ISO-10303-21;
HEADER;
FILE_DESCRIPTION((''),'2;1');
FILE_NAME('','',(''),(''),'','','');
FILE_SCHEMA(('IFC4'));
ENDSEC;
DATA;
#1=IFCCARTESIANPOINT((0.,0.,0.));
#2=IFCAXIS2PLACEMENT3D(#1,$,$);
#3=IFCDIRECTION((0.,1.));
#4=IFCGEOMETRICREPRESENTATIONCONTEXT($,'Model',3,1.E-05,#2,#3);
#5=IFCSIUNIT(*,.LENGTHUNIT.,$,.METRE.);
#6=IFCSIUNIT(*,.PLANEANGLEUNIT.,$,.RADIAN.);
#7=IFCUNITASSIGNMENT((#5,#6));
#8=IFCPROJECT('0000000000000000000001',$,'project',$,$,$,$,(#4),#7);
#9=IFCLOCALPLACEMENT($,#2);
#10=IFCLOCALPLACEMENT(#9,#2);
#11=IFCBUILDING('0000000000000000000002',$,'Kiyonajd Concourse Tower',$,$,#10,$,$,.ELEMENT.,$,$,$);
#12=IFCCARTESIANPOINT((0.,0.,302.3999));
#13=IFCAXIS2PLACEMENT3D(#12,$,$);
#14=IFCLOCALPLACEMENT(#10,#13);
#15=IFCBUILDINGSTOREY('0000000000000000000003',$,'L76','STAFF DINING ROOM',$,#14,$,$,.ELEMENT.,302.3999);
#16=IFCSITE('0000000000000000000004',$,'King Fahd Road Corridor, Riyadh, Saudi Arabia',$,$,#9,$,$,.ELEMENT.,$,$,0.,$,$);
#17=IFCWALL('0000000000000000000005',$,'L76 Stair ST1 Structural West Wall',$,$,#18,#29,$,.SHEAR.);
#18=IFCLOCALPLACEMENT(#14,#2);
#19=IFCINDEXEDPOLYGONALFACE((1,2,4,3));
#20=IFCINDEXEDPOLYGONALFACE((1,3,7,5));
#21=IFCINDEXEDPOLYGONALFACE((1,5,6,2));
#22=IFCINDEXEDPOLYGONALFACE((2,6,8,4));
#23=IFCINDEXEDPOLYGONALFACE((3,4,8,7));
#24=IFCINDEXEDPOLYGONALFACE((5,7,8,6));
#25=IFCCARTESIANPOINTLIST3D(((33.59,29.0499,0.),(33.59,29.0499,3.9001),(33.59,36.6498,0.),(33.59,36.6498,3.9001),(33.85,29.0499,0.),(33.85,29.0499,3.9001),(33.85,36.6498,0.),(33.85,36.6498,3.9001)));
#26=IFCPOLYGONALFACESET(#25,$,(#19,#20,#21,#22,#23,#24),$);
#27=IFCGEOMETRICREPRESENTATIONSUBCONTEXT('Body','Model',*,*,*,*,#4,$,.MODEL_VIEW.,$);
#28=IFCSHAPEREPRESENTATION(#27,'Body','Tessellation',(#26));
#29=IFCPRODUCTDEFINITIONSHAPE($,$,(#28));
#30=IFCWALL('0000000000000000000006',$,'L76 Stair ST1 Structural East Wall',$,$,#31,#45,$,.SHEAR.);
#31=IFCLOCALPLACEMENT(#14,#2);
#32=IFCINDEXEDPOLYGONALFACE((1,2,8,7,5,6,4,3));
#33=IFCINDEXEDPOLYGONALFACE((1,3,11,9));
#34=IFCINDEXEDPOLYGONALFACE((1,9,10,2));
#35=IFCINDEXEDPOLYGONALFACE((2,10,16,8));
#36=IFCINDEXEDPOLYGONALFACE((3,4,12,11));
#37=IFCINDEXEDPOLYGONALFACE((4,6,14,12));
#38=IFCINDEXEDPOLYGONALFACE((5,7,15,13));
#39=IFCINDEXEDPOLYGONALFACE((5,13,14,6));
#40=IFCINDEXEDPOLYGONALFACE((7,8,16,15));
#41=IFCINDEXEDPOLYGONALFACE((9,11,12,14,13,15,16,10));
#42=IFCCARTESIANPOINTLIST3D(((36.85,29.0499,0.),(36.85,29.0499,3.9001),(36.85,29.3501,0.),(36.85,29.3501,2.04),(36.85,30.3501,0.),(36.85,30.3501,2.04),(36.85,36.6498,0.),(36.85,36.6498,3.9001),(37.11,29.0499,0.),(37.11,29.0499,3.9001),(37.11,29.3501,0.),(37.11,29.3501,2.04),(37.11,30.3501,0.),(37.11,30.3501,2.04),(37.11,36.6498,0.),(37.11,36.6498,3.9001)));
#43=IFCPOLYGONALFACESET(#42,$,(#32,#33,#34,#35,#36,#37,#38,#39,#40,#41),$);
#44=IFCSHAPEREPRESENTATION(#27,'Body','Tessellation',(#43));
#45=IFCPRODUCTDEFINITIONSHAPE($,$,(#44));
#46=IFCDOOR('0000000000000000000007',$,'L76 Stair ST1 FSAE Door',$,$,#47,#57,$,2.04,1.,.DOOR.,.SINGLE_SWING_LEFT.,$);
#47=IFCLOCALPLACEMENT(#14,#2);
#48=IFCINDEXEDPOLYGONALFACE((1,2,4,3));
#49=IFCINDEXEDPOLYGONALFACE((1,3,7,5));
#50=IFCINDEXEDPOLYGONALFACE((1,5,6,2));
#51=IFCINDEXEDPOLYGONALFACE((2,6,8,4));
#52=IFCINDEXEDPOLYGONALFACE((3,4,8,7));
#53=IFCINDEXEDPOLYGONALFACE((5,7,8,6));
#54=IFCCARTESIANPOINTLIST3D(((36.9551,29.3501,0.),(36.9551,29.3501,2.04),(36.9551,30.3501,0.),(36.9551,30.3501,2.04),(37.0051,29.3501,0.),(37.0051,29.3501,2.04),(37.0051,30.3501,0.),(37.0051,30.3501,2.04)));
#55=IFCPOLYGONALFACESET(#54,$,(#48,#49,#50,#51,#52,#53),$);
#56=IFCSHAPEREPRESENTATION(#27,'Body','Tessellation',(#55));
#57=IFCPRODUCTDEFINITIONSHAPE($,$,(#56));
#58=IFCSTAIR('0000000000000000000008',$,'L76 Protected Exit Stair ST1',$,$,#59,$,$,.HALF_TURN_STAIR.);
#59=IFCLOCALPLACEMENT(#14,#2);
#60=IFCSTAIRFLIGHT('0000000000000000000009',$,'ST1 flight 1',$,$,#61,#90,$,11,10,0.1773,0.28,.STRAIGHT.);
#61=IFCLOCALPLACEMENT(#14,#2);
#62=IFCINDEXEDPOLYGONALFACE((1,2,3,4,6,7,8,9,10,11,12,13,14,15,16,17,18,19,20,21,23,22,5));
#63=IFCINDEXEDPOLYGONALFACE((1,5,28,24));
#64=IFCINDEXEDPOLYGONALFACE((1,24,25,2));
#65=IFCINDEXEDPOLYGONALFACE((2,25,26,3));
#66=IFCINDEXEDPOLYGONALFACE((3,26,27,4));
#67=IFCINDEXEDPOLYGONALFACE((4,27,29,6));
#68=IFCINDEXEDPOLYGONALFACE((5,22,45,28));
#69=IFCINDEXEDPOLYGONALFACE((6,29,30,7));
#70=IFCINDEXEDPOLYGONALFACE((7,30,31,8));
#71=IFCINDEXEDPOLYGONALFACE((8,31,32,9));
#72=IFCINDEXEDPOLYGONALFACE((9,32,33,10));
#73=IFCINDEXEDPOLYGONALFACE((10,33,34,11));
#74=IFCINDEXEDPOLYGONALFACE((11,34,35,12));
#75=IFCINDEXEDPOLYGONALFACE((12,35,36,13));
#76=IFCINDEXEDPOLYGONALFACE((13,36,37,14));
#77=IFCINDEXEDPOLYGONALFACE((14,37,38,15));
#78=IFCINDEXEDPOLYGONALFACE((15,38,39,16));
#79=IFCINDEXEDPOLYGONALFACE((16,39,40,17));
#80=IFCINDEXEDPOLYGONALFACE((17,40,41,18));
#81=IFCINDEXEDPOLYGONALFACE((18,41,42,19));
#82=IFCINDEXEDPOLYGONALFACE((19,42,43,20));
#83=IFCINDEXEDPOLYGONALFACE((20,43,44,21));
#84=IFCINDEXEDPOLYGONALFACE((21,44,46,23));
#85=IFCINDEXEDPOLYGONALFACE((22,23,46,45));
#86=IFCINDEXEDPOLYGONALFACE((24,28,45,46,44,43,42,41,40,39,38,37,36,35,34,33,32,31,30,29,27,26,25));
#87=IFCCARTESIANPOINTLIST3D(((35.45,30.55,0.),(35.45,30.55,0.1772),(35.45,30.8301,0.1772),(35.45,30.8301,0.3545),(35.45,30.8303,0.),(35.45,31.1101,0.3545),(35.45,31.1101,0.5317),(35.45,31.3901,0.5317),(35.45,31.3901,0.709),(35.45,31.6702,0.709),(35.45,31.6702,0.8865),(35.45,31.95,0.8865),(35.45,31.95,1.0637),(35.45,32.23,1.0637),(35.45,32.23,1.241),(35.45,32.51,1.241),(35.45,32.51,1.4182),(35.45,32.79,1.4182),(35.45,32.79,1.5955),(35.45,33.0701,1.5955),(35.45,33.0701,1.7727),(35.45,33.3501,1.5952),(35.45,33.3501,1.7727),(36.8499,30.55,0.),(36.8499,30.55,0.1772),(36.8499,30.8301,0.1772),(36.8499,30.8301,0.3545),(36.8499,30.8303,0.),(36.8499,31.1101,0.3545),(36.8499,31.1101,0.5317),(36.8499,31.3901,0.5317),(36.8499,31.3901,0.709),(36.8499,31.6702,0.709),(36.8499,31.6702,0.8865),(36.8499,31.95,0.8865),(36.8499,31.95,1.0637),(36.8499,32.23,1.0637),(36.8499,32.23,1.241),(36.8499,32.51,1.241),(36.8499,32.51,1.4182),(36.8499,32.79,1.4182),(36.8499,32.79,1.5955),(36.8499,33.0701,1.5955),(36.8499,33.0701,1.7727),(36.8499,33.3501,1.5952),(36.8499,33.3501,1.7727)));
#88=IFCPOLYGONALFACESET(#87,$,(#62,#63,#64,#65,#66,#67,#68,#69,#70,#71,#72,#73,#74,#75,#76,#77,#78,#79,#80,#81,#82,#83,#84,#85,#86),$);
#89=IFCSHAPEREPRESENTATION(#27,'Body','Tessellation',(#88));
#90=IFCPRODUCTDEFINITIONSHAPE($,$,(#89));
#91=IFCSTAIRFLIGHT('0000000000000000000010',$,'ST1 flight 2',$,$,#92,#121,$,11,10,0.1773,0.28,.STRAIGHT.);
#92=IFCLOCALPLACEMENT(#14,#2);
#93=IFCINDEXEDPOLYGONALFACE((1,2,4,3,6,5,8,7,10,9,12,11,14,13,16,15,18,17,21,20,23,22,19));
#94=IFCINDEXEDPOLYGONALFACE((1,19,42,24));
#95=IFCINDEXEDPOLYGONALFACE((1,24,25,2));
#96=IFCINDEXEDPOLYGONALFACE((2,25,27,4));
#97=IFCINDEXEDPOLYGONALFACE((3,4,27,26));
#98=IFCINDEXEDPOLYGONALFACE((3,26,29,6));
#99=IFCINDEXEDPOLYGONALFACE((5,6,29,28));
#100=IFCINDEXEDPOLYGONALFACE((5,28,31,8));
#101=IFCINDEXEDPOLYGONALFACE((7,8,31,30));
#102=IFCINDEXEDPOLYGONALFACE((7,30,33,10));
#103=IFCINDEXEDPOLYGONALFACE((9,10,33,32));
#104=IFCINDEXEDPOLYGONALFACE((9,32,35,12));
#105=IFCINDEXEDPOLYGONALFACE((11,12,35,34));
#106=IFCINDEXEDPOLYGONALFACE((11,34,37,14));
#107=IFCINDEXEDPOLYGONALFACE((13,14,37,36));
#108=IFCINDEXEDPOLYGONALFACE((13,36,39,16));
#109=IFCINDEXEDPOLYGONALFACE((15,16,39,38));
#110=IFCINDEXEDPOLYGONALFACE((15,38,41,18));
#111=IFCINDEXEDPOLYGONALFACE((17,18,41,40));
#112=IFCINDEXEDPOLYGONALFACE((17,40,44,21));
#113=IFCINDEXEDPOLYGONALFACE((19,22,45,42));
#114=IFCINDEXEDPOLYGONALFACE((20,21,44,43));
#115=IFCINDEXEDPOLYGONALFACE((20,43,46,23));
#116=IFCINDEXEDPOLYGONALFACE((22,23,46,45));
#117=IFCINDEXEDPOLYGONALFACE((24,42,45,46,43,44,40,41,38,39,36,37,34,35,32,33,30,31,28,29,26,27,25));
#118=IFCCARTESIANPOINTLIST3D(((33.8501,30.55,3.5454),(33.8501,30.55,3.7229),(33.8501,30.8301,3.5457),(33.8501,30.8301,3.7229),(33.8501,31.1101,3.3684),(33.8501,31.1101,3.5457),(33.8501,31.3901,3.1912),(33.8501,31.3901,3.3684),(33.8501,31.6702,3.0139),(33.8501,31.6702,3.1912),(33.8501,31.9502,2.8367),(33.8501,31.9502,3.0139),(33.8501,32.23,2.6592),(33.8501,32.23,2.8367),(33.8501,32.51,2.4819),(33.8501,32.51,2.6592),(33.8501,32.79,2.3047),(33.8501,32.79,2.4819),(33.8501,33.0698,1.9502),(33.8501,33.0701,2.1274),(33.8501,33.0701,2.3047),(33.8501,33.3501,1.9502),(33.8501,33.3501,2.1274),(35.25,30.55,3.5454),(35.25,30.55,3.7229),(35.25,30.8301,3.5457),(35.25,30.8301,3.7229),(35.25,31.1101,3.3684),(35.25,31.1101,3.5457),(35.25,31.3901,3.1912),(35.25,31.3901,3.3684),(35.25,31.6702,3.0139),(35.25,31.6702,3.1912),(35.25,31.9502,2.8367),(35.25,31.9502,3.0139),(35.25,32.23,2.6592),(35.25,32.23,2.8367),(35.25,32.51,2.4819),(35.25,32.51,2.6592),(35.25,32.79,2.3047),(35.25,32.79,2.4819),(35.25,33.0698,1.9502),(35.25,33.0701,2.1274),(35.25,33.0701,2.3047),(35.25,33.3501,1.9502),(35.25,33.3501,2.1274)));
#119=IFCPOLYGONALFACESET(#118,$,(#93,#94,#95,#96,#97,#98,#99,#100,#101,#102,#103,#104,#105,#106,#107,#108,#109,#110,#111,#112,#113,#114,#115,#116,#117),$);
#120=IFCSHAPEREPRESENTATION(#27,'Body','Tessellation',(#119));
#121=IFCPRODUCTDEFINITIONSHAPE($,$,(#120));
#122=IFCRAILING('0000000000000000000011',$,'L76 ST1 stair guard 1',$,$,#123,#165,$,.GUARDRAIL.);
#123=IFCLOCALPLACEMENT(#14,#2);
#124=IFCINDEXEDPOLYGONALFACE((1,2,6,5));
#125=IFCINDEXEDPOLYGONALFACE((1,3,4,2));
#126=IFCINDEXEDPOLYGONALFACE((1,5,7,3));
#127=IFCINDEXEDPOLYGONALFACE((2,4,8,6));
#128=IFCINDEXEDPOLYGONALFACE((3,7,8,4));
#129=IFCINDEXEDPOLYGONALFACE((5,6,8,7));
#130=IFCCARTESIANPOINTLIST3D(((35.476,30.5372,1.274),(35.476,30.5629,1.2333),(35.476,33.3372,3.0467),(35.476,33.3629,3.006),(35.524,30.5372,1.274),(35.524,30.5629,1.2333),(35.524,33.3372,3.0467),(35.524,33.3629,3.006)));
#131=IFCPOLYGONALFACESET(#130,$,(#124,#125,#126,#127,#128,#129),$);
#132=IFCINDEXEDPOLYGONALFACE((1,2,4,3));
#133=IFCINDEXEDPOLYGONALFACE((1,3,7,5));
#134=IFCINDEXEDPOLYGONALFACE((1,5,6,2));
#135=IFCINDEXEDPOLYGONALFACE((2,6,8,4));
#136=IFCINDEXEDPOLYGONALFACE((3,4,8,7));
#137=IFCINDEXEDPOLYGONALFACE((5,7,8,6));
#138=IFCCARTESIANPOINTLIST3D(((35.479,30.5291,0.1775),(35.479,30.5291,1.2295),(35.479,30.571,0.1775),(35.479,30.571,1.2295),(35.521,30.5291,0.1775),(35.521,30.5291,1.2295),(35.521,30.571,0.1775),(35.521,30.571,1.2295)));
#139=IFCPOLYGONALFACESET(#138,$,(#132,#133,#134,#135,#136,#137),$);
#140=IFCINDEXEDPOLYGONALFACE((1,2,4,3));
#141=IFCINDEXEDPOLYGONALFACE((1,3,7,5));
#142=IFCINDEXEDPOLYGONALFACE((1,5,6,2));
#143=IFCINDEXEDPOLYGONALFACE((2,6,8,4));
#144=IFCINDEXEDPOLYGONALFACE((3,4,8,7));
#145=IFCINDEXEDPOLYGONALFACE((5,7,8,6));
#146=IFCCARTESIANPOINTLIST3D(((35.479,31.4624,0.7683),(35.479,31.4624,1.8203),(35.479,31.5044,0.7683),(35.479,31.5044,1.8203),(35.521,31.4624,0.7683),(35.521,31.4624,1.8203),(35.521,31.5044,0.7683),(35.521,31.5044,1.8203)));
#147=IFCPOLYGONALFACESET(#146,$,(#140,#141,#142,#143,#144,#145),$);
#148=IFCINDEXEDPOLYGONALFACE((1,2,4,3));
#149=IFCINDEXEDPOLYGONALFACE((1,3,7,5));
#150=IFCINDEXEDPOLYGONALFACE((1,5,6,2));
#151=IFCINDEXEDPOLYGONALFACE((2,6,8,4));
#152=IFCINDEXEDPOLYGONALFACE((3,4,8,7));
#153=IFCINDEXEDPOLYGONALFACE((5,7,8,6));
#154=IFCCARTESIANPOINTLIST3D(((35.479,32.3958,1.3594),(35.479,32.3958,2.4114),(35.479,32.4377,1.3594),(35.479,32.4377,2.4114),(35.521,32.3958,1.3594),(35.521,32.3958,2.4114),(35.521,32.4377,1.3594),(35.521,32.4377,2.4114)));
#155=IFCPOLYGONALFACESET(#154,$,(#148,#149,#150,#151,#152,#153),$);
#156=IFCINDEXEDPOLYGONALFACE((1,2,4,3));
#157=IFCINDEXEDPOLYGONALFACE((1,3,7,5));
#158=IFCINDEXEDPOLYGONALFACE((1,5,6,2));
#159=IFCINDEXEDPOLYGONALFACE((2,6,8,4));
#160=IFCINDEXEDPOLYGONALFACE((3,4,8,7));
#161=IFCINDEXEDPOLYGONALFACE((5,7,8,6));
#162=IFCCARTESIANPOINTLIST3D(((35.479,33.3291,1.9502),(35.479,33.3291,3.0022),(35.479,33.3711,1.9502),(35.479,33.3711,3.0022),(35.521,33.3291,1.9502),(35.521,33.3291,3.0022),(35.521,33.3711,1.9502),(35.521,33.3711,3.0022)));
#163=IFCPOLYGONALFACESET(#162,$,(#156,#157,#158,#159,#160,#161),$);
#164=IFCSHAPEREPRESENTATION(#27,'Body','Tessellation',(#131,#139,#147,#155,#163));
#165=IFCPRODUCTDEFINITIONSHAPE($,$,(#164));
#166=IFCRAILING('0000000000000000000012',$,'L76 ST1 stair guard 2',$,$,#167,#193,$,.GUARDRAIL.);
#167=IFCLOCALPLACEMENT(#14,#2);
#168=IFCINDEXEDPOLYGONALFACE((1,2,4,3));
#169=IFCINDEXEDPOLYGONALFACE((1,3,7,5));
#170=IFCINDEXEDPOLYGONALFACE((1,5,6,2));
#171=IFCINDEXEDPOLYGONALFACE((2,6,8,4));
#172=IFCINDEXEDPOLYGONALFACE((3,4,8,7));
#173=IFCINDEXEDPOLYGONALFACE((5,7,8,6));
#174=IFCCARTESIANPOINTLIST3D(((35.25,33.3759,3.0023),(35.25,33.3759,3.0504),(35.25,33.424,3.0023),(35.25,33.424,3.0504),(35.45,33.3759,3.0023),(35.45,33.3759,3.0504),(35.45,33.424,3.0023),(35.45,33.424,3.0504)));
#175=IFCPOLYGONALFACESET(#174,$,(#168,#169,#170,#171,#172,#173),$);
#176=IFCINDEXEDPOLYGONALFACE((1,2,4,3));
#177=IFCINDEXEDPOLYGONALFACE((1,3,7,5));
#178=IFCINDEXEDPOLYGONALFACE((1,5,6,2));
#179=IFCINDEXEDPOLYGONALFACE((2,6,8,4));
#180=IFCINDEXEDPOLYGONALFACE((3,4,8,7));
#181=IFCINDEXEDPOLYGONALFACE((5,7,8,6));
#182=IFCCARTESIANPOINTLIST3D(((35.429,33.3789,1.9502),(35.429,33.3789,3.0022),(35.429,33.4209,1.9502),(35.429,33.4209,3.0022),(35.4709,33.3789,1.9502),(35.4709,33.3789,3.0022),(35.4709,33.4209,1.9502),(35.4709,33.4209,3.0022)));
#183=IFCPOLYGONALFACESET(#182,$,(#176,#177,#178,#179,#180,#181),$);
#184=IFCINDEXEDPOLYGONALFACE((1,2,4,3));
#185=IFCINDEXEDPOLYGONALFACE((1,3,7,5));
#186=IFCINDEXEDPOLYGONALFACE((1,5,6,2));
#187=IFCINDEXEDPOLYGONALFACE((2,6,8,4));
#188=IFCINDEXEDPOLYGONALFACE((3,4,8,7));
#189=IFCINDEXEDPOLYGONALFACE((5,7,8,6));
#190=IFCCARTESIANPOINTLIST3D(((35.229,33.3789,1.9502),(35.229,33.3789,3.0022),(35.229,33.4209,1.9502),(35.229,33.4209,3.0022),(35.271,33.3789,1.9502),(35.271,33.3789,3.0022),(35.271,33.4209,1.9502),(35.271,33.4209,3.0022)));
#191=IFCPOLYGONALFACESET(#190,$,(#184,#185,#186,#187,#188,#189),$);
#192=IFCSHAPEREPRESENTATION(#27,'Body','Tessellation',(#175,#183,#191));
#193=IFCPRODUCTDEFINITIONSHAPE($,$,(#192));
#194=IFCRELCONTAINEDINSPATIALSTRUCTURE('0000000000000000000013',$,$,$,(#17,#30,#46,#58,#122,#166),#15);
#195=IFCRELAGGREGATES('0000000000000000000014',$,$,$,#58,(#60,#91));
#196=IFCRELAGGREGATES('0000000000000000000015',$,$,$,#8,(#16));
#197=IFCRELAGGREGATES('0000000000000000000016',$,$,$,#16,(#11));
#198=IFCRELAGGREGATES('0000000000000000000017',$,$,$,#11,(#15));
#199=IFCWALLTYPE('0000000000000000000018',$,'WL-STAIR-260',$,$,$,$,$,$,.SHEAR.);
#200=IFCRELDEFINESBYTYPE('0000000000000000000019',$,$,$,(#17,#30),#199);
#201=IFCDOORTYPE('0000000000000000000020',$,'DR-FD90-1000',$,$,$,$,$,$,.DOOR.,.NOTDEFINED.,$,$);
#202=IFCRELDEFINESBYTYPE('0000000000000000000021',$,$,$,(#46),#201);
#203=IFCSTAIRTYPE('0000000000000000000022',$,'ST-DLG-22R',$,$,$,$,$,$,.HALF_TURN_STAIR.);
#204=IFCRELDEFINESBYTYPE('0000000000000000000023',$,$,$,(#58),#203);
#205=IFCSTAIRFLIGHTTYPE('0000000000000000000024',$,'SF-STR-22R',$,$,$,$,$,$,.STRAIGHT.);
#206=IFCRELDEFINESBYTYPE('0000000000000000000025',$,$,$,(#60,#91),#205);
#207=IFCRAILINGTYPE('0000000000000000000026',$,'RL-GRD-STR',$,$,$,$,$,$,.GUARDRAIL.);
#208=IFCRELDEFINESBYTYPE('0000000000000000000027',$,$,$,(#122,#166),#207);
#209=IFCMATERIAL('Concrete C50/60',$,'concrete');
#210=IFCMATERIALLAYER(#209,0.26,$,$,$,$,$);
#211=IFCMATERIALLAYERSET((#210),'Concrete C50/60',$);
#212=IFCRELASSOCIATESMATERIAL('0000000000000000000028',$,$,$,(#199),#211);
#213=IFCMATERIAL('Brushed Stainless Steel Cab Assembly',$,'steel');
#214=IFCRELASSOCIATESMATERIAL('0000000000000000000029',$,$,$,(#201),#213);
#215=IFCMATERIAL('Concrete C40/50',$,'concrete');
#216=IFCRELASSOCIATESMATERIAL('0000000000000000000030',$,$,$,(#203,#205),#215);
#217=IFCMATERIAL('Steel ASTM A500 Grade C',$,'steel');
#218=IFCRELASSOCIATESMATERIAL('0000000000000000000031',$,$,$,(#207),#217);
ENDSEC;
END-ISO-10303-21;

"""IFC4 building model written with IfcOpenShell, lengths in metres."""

from ifc_helpers import new_model, si_unit, direction, frame, frame_2d, origin, origin_2d, place, context, subcontext, project, spatial, polyline, rectangle, outline, extrude, material, layer, layer_set, type_object, element, fill, aggregate, save


model = new_model("IFC4")

# Units and contexts
model_context = context("Model", 3, precision=1e-05, world=origin(), true_north=direction((0.0, 1.0)))
body_context = subcontext(model_context, "Body", "Model", "MODEL_VIEW")
ifc_project = project(units=[si_unit("LENGTHUNIT", "METRE"), si_unit("PLANEANGLEUNIT", "RADIAN")], contexts=[model_context])

# Site, building, storey
site_placement = place(None, origin())
site = spatial("IfcSite", under=ifc_project, at=site_placement, Name="King Fahd Road Corridor, Riyadh, Saudi Arabia", CompositionType="ELEMENT", RefElevation=0.0)
building_placement = place(site_placement, origin())
building = spatial("IfcBuilding", under=site, at=building_placement, Name="Kiyonajd Concourse Tower", CompositionType="ELEMENT")
storey_placement = place(building_placement, frame((0.0, 0.0, 302.3999)))
storey = spatial("IfcBuildingStorey", under=building, at=storey_placement, Name="L76", Description="STAFF DINING ROOM", CompositionType="ELEMENT", Elevation=302.3999)

# Shared definitions
ifc_material_1 = material(Name="Concrete C50/60", Category="concrete")

# Shared definitions
ifc_material_2 = material(Name="Brushed Stainless Steel Cab Assembly", Category="steel")

# Wall
ifc_layer_1 = layer(ifc_material_1, 0.26)
ifc_layer_set_1 = layer_set([ifc_layer_1], Name="Concrete C50/60")
wall_type_1 = type_object("IfcWallType", Name="WL-STAIR-260", PredefinedType="SHEAR", material=ifc_layer_set_1)
wall_1_placement = place(storey_placement, frame((33.72, 29.05, 0.0), z_axis=(0.0, 0.0, 1.0), x_axis=(0.0, 1.0, 0.0)))
element("IfcWall", 1, at=wall_1_placement, inside=storey, type_object=wall_type_1, Name="L76 Stair ST1 Structural West Wall", PredefinedType="SHEAR", context=body_context, shape_type="SweptSolid", body=[
    extrude(rectangle(XDim=7.5999, YDim=0.26, at=frame_2d((3.7998, 0.0))), origin(), (0.0, 0.0, 1.0), 3.9001),
])

# Wall, opening, door
wall_2_placement = place(storey_placement, frame((36.98, 29.05, 0.0), z_axis=(0.0, 0.0, 1.0), x_axis=(0.0, 1.0, 0.0)))
wall_2 = element("IfcWall", 2, at=wall_2_placement, inside=storey, type_object=wall_type_1, Name="L76 Stair ST1 Structural East Wall", PredefinedType="SHEAR", context=body_context, shape_type="SweptSolid", body=[
    extrude(rectangle(XDim=7.5999, YDim=0.26, at=frame_2d((3.7998, 0.0))), origin(), (0.0, 0.0, 1.0), 3.9001),
])
opening_1_placement = place(wall_2_placement, frame((0.3, 0.0, 0.0)))
opening_1 = element("IfcOpeningElement", 3, at=opening_1_placement, cuts=wall_2, PredefinedType="OPENING", context=body_context, shape_type="SweptSolid", body=[
    extrude(rectangle(XDim=1.0, YDim=2.04, at=frame_2d((0.5, 1.02))), frame((0.0, 0.1399, 0.0), z_axis=(0.0, -1.0, 0.0), x_axis=(1.0, 0.0, 0.0)), (0.0, 0.0, 1.0), 0.28),
])
door_type_1 = type_object("IfcDoorType", Name="DR-FD90-1000", OperationType="NOTDEFINED", PredefinedType="DOOR", material=ifc_material_2)
door_1_placement = place(opening_1_placement, origin())
door_1 = element("IfcDoor", 4, at=door_1_placement, inside=storey, type_object=door_type_1, Name="L76 Stair ST1 FSAE Door", OperationType="SINGLE_SWING_LEFT", OverallHeight=2.04, OverallWidth=1.0, PredefinedType="DOOR", context=body_context, shape_type="SweptSolid", body=[
    extrude(rectangle(XDim=1.0, YDim=2.04, at=frame_2d((0.5, 1.02))), frame((0.0, 0.0249, 0.0), z_axis=(0.0, -1.0, 0.0), x_axis=(1.0, 0.0, 0.0)), (0.0, 0.0, 1.0), 0.05),
])
fill(opening_1, door_1)

# Stair, stair flights
ifc_material_3 = material(Name="Concrete C40/50", Category="concrete")
stair_type = type_object("IfcStairType", Name="ST-DLG-22R", PredefinedType="HALF_TURN_STAIR", material=ifc_material_3)
stair_placement = place(storey_placement, origin())
stair = element("IfcStair", 5, at=stair_placement, inside=storey, type_object=stair_type, Name="L76 Protected Exit Stair ST1", PredefinedType="HALF_TURN_STAIR")
stair_flight_type = type_object("IfcStairFlightType", Name="SF-STR-22R", PredefinedType="STRAIGHT", material=ifc_material_3)
stair_flight_1_placement = place(storey_placement, frame((36.1499, 30.55, 0.0), z_axis=(0.0, 0.0, 1.0), x_axis=(0.0, 1.0, 0.0)))
stair_flight_1 = element("IfcStairFlight", 6, at=stair_flight_1_placement, type_object=stair_flight_type, Name="ST1 flight 1", NumberOfRisers=11, NumberOfTreads=10, PredefinedType="STRAIGHT", RiserHeight=0.1773, TreadLength=0.28, context=body_context, shape_type="SweptSolid", body=[
    extrude(outline(polyline([(0.0, 0.0), (0.0, 0.1772), (0.28, 0.1772), (0.28, 0.3545), (0.5601, 0.3545), (0.5601, 0.5317), (0.8401, 0.5317), (0.8401, 0.709), (1.1201, 0.709), (1.1201, 0.8865), (1.3999, 0.8865), (1.3999, 1.0637), (1.6799, 1.0637), (1.6799, 1.241), (1.96, 1.241), (1.96, 1.4182), (2.24, 1.4182), (2.24, 1.5955), (2.52, 1.5955), (2.52, 1.7727), (2.8, 1.7727), (2.8, 1.95), (2.8, 1.5952), (0.2803, 0.0), (0.0, 0.0)])), frame((0.0, 0.7, 0.0), z_axis=(0.0, -1.0, 0.0), x_axis=(1.0, 0.0, 0.0)), (0.0, 0.0, 1.0), 1.3999),
])
stair_flight_2_placement = place(storey_placement, frame((34.55, 33.3501, 1.9502), z_axis=(0.0, 0.0, 1.0), x_axis=(0.0, -1.0, 0.0)))
stair_flight_2 = element("IfcStairFlight", 7, at=stair_flight_2_placement, type_object=stair_flight_type, Name="ST1 flight 2", NumberOfRisers=11, NumberOfTreads=10, PredefinedType="STRAIGHT", RiserHeight=0.1773, TreadLength=0.28, context=body_context, shape_type="SweptSolid", body=[
    extrude(outline(polyline([(0.0, 0.0), (0.0, 0.1772), (0.28, 0.1772), (0.28, 0.3545), (0.5601, 0.3545), (0.5601, 0.5317), (0.8401, 0.5317), (0.8401, 0.709), (1.1201, 0.709), (1.1201, 0.8865), (1.3999, 0.8865), (1.3999, 1.0637), (1.6799, 1.0637), (1.6799, 1.241), (1.96, 1.241), (1.96, 1.4182), (2.24, 1.4182), (2.24, 1.5955), (2.52, 1.5955), (2.52, 1.7727), (2.8, 1.7727), (2.8, 1.95), (2.8, 1.5952), (0.2803, 0.0), (0.0, 0.0)])), frame((0.0, 0.7, 0.0), z_axis=(0.0, -1.0, 0.0), x_axis=(1.0, 0.0, 0.0)), (0.0, 0.0, 1.0), 1.3999),
])
aggregate(stair, [stair_flight_1, stair_flight_2])

# Railings
ifc_material_4 = material(Name="Steel ASTM A500 Grade C", Category="steel")
railing_type_1 = type_object("IfcRailingType", Name="RL-GRD-STR", PredefinedType="GUARDRAIL", material=ifc_material_4)
railing_1_placement = place(storey_placement, frame((35.5, 30.55, 0.1775)))
element("IfcRailing", 8, at=railing_1_placement, inside=storey, type_object=railing_type_1, Name="L76 ST1 stair guard 1", PredefinedType="GUARDRAIL", context=body_context, shape_type="SweptSolid", body=[
    extrude(rectangle(XDim=0.0481, YDim=0.0481, at=origin_2d()), frame((0.0, 0.0, 1.0762), z_axis=(0.0, 0.844909, 0.53491), x_axis=(-1.0, 0.0, 0.0)), (0.0, 0.0, 1.0), 3.314),
    extrude(rectangle(XDim=0.042, YDim=0.042, at=origin_2d()), origin(), (0.0, 0.0, 1.0), 1.052),
    extrude(rectangle(XDim=0.042, YDim=0.042, at=origin_2d()), frame((0.0, 0.9333, 0.5908)), (0.0, 0.0, 1.0), 1.052),
    extrude(rectangle(XDim=0.042, YDim=0.042, at=origin_2d()), frame((0.0, 1.8667, 1.1819)), (0.0, 0.0, 1.0), 1.052),
    extrude(rectangle(XDim=0.042, YDim=0.042, at=origin_2d()), frame((0.0, 2.8, 1.7727)), (0.0, 0.0, 1.0), 1.052),
])
railing_2_placement = place(storey_placement, frame((35.45, 33.3999, 1.9502)))
element("IfcRailing", 9, at=railing_2_placement, inside=storey, type_object=railing_type_1, Name="L76 ST1 stair guard 2", PredefinedType="GUARDRAIL", context=body_context, shape_type="SweptSolid", body=[
    extrude(rectangle(XDim=0.0481, YDim=0.0481, at=origin_2d()), frame((0.0, 0.0, 1.0762), z_axis=(-1.0, 0.0, 0.0), x_axis=(0.0, -1.0, 0.0)), (0.0, 0.0, 1.0), 0.2),
    extrude(rectangle(XDim=0.042, YDim=0.042, at=origin_2d()), origin(), (0.0, 0.0, 1.0), 1.052),
    extrude(rectangle(XDim=0.042, YDim=0.042, at=origin_2d()), frame((-0.2, 0.0, 0.0)), (0.0, 0.0, 1.0), 1.052),
])

save(model, "model.ifc")
